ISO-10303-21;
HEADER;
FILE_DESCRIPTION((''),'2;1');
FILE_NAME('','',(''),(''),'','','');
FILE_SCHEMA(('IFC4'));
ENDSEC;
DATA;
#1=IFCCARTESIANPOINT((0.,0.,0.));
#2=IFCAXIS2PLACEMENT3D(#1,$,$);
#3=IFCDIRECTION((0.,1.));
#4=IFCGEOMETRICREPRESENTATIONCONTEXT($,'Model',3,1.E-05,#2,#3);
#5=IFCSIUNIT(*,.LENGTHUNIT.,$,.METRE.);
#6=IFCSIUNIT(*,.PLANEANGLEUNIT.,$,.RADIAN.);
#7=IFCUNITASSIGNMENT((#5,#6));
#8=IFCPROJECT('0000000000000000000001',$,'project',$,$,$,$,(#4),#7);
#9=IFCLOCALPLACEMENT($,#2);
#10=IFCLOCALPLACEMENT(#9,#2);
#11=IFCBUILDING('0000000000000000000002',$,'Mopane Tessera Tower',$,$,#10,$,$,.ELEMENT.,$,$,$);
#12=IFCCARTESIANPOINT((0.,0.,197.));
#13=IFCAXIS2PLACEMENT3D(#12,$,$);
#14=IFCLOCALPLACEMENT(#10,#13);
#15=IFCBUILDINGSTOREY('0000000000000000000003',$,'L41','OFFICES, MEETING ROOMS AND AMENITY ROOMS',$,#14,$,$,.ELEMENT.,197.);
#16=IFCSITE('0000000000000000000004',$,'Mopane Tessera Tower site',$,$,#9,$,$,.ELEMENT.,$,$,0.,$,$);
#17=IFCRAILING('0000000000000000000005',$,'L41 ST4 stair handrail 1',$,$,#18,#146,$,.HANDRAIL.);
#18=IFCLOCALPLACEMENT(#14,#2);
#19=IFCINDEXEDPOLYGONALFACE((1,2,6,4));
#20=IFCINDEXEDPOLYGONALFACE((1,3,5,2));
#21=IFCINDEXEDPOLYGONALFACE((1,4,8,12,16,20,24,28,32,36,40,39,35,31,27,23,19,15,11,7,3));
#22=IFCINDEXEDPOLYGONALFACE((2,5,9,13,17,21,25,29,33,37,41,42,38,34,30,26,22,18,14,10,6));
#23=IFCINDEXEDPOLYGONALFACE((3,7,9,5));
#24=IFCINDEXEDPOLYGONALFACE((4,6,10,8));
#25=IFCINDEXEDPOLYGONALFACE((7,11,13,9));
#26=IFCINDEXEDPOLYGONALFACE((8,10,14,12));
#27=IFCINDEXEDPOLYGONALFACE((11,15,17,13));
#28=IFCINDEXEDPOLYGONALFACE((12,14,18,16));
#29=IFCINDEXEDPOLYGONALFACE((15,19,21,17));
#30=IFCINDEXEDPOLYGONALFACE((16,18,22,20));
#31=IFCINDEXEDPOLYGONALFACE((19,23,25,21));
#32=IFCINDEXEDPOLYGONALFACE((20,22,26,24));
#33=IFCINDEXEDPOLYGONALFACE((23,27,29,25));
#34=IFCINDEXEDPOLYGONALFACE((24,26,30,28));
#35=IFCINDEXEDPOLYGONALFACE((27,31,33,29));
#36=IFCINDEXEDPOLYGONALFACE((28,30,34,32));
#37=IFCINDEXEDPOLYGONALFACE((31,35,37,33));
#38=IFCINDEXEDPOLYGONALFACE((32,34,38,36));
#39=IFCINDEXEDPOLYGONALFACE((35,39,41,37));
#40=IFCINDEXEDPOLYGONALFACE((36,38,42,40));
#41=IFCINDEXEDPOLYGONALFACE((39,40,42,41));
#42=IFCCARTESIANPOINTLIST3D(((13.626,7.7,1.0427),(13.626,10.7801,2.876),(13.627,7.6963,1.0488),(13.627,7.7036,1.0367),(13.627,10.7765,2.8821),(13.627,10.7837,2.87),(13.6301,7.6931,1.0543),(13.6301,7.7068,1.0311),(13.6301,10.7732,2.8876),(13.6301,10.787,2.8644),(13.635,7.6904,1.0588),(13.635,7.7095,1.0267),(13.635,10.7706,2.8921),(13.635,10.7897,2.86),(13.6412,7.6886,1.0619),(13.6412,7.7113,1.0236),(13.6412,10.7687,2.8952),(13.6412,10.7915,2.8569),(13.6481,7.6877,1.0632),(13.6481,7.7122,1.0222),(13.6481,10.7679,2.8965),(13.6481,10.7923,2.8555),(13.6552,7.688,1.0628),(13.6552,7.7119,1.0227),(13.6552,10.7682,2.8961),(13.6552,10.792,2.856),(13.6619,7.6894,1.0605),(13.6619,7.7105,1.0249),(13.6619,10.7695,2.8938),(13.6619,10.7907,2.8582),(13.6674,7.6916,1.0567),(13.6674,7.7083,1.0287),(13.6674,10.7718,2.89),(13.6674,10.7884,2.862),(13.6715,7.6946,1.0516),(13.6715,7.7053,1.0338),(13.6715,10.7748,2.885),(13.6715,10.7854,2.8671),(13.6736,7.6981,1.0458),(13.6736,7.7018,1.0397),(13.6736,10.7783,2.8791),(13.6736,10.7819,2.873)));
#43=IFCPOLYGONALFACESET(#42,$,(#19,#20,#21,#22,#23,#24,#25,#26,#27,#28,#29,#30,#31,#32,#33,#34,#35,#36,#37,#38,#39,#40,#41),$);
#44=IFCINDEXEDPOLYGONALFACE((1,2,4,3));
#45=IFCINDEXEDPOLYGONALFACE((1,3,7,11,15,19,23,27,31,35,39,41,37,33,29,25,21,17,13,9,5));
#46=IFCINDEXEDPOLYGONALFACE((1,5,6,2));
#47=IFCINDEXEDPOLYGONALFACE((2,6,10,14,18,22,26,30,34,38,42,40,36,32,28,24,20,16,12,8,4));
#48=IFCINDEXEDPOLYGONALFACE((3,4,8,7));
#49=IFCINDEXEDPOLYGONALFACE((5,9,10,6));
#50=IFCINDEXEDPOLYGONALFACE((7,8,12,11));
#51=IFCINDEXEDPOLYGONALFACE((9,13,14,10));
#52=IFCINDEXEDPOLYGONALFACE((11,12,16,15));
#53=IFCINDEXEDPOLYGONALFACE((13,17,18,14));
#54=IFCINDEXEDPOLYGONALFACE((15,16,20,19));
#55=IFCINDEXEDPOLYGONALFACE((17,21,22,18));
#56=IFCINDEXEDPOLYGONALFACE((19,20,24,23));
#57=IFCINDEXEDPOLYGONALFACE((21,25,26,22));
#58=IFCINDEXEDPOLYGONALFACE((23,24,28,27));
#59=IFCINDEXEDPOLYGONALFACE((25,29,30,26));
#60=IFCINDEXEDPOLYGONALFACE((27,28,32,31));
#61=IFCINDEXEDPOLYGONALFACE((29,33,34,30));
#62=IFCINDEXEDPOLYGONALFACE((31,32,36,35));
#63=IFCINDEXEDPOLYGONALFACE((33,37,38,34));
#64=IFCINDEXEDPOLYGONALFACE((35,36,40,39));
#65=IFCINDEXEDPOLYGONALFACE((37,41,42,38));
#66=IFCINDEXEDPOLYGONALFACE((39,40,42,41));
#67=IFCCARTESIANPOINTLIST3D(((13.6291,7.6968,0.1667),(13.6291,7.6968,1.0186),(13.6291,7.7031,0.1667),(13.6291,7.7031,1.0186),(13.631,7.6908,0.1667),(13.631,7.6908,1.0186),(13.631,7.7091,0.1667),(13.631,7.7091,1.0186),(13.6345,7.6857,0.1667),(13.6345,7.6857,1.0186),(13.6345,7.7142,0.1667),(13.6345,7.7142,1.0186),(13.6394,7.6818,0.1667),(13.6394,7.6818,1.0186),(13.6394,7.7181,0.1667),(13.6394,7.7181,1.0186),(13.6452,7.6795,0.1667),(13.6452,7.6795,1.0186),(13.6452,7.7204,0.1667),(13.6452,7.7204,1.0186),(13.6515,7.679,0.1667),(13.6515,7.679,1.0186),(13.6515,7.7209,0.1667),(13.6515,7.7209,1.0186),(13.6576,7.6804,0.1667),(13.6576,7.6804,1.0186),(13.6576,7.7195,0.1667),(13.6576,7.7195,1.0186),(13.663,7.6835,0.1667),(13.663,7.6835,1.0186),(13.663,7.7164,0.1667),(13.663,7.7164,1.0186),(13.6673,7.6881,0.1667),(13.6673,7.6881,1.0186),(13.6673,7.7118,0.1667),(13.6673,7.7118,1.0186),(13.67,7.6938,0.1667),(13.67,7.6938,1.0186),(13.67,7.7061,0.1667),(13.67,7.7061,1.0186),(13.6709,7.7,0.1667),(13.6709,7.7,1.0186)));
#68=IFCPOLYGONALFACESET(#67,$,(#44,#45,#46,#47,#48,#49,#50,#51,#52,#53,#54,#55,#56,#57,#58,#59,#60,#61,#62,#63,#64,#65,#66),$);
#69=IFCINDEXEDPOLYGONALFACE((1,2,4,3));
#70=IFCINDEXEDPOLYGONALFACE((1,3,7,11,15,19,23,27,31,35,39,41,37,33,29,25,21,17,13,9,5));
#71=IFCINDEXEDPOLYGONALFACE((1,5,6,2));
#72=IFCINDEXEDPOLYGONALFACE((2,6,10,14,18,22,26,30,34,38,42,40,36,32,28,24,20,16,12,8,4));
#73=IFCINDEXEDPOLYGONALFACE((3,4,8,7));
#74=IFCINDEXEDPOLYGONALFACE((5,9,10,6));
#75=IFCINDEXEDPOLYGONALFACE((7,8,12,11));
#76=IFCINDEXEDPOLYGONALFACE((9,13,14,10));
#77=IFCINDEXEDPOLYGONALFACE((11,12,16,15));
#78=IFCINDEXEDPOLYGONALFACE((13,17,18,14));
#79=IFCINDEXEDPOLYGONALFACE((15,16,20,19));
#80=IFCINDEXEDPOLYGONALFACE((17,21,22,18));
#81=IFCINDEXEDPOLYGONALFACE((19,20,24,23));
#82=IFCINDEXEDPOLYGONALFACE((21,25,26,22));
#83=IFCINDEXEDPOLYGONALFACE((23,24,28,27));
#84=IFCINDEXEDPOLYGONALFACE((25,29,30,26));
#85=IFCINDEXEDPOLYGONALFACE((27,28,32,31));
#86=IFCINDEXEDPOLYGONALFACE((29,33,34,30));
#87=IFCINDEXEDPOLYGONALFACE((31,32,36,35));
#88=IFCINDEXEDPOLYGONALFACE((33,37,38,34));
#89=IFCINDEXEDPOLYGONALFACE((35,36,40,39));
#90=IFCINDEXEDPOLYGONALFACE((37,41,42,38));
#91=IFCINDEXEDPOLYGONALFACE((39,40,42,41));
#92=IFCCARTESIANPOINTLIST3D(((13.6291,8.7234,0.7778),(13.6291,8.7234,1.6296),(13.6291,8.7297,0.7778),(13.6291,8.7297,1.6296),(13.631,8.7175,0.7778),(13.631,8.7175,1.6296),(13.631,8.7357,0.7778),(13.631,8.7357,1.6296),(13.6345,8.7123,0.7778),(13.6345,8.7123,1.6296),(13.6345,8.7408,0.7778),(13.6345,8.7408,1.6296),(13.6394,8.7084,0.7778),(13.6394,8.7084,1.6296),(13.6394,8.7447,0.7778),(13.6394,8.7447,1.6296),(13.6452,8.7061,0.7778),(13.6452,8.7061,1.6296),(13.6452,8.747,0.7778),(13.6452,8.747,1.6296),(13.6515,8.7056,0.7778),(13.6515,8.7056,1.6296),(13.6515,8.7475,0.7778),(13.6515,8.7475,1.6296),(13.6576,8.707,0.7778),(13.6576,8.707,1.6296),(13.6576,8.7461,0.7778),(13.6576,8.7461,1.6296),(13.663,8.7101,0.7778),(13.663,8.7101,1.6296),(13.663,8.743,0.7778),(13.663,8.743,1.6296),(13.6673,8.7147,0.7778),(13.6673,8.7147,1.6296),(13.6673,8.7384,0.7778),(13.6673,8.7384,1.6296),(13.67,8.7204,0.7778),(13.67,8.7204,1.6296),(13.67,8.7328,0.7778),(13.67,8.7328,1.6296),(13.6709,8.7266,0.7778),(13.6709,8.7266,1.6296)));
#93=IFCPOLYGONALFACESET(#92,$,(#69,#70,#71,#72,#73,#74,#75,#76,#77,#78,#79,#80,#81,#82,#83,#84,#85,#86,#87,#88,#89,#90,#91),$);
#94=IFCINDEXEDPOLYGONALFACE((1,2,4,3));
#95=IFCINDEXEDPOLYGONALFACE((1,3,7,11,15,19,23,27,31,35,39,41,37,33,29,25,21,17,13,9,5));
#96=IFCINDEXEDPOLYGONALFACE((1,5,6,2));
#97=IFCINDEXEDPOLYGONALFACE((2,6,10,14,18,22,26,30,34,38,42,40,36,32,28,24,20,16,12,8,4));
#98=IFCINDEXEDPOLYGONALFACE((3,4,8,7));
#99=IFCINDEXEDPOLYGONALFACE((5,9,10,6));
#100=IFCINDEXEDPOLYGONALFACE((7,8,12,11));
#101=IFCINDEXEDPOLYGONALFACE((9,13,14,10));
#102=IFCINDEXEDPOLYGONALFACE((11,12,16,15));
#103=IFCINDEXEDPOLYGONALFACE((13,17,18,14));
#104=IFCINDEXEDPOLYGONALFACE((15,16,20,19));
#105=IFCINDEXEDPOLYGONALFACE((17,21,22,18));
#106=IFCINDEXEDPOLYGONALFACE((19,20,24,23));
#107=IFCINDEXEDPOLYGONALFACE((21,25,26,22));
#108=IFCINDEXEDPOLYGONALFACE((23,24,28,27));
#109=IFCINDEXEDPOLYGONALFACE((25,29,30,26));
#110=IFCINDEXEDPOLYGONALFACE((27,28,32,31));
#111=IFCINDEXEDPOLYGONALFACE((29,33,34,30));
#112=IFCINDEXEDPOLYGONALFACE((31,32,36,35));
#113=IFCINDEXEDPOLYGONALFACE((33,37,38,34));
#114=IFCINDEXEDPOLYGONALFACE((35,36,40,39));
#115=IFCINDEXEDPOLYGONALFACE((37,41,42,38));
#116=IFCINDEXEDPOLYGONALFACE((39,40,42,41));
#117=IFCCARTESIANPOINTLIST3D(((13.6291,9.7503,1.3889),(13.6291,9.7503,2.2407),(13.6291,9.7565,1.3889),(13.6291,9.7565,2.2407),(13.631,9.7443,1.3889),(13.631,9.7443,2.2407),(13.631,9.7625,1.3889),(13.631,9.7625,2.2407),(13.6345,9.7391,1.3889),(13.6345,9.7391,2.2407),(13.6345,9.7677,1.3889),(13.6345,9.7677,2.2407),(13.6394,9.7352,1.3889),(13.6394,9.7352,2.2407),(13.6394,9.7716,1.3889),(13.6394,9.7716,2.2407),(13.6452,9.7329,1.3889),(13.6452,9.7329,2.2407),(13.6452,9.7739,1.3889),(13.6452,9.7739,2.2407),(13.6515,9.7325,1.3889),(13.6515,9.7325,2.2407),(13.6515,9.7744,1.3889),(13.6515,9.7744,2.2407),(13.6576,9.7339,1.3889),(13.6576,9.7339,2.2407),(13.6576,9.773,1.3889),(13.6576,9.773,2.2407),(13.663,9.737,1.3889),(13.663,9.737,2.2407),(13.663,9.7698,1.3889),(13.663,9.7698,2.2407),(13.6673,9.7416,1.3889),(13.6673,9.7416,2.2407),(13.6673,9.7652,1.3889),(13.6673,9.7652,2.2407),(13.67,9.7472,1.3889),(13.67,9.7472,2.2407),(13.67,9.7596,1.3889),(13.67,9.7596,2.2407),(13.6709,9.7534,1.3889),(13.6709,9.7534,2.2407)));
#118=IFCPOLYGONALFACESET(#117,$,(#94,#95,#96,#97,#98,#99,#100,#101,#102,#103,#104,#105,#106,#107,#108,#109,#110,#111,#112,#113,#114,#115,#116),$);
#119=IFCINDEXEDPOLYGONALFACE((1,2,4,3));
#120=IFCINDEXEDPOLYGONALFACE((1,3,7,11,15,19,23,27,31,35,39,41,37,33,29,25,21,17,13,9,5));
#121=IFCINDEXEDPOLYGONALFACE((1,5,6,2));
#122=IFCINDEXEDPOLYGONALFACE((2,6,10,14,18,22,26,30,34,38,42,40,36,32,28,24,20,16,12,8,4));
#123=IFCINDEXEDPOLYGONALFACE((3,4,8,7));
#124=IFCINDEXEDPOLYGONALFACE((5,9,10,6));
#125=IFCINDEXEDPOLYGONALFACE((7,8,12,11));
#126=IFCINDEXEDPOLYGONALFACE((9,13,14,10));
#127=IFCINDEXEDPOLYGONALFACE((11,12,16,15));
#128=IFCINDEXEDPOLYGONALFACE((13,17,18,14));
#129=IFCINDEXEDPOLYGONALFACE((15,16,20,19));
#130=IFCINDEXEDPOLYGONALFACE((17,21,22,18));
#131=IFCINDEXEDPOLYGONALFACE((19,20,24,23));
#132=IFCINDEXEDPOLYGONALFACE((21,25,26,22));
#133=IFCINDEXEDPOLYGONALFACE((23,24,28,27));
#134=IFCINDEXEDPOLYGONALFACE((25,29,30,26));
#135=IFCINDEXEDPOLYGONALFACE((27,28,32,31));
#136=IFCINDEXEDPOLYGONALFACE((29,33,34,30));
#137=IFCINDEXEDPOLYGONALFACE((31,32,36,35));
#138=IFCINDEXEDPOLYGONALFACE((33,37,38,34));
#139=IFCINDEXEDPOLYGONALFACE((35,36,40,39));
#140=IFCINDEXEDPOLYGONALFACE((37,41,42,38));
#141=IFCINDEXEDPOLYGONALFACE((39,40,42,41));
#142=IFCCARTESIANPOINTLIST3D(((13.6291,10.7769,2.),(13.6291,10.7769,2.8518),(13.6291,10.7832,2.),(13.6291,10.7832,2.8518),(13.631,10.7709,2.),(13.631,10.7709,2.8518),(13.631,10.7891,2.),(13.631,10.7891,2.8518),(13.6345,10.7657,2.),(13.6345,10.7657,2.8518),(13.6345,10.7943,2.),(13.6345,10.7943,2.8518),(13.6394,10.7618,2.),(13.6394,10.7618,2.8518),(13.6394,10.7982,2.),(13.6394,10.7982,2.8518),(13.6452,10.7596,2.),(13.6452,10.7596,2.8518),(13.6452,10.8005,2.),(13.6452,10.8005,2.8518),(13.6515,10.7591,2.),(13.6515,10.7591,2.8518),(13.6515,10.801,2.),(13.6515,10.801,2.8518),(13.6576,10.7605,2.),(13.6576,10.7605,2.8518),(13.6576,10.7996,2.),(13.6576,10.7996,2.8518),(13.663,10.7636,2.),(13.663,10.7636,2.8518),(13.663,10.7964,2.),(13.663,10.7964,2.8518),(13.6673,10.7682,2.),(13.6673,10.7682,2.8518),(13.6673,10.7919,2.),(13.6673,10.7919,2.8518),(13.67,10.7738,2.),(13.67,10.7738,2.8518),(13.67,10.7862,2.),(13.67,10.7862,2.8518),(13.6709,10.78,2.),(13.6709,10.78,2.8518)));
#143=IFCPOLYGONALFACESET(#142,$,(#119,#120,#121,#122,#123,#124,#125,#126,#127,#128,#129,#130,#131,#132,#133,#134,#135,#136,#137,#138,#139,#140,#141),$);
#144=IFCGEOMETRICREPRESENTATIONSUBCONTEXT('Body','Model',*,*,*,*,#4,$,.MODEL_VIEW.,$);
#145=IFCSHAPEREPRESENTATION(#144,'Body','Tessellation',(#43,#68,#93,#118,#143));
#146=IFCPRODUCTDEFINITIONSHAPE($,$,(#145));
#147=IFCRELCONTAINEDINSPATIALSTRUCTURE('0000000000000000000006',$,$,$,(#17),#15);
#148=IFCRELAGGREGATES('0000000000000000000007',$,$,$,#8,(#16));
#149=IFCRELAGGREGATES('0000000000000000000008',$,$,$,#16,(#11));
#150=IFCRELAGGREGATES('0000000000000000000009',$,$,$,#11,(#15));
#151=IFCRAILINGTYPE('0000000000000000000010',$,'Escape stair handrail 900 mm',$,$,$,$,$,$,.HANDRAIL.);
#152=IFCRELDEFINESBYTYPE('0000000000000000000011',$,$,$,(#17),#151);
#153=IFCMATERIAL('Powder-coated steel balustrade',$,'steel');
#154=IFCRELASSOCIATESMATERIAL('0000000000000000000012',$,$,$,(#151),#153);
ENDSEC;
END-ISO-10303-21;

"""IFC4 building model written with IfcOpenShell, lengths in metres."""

from ifc_helpers import new_model, si_unit, direction, frame, origin, origin_2d, place, context, subcontext, project, spatial, circle, extrude, material, type_object, element, save


model = new_model("IFC4")

# Units and contexts
model_context = context("Model", 3, precision=1e-05, world=origin(), true_north=direction((0.0, 1.0)))
body_context = subcontext(model_context, "Body", "Model", "MODEL_VIEW")
ifc_project = project(units=[si_unit("LENGTHUNIT", "METRE"), si_unit("PLANEANGLEUNIT", "RADIAN")], contexts=[model_context])

# Site, building, storey
site_placement = place(None, origin())
site = spatial("IfcSite", under=ifc_project, at=site_placement, Name="Mopane Tessera Tower site", CompositionType="ELEMENT", RefElevation=0.0)
building_placement = place(site_placement, origin())
building = spatial("IfcBuilding", under=site, at=building_placement, Name="Mopane Tessera Tower", CompositionType="ELEMENT")
storey_placement = place(building_placement, frame((0.0, 0.0, 197.0)))
storey = spatial("IfcBuildingStorey", under=building, at=storey_placement, Name="L41", Description="OFFICES, MEETING ROOMS AND AMENITY ROOMS", CompositionType="ELEMENT", Elevation=197.0)

# Railing
ifc_material_1 = material(Name="Powder-coated steel balustrade", Category="steel")
railing_type_1 = type_object("IfcRailingType", Name="Escape stair handrail 900 mm", PredefinedType="HANDRAIL", material=ifc_material_1)
railing_1_placement = place(storey_placement, frame((13.6499, 7.7, 0.1667)))
element("IfcRailing", 1, at=railing_1_placement, inside=storey, type_object=railing_type_1, Name="L41 ST4 stair handrail 1", PredefinedType="HANDRAIL", context=body_context, shape_type="SweptSolid", body=[
    extrude(circle(Radius=0.0239, at=origin_2d()), frame((0.0, 0.0, 0.876), z_axis=(0.0, 0.859309, 0.511458), x_axis=(-1.0, 0.0, 0.0)), (0.0, 0.0, 1.0), 3.5845),
    extrude(circle(Radius=0.021, at=origin_2d()), origin(), (0.0, 0.0, 1.0), 0.8518),
    extrude(circle(Radius=0.021, at=origin_2d()), frame((0.0, 1.0266, 0.6111)), (0.0, 0.0, 1.0), 0.8518),
    extrude(circle(Radius=0.021, at=origin_2d()), frame((0.0, 2.0535, 1.2222)), (0.0, 0.0, 1.0), 0.8518),
    extrude(circle(Radius=0.021, at=origin_2d()), frame((0.0, 3.0801, 1.8333)), (0.0, 0.0, 1.0), 0.8518),
])

save(model, "model.ifc")
